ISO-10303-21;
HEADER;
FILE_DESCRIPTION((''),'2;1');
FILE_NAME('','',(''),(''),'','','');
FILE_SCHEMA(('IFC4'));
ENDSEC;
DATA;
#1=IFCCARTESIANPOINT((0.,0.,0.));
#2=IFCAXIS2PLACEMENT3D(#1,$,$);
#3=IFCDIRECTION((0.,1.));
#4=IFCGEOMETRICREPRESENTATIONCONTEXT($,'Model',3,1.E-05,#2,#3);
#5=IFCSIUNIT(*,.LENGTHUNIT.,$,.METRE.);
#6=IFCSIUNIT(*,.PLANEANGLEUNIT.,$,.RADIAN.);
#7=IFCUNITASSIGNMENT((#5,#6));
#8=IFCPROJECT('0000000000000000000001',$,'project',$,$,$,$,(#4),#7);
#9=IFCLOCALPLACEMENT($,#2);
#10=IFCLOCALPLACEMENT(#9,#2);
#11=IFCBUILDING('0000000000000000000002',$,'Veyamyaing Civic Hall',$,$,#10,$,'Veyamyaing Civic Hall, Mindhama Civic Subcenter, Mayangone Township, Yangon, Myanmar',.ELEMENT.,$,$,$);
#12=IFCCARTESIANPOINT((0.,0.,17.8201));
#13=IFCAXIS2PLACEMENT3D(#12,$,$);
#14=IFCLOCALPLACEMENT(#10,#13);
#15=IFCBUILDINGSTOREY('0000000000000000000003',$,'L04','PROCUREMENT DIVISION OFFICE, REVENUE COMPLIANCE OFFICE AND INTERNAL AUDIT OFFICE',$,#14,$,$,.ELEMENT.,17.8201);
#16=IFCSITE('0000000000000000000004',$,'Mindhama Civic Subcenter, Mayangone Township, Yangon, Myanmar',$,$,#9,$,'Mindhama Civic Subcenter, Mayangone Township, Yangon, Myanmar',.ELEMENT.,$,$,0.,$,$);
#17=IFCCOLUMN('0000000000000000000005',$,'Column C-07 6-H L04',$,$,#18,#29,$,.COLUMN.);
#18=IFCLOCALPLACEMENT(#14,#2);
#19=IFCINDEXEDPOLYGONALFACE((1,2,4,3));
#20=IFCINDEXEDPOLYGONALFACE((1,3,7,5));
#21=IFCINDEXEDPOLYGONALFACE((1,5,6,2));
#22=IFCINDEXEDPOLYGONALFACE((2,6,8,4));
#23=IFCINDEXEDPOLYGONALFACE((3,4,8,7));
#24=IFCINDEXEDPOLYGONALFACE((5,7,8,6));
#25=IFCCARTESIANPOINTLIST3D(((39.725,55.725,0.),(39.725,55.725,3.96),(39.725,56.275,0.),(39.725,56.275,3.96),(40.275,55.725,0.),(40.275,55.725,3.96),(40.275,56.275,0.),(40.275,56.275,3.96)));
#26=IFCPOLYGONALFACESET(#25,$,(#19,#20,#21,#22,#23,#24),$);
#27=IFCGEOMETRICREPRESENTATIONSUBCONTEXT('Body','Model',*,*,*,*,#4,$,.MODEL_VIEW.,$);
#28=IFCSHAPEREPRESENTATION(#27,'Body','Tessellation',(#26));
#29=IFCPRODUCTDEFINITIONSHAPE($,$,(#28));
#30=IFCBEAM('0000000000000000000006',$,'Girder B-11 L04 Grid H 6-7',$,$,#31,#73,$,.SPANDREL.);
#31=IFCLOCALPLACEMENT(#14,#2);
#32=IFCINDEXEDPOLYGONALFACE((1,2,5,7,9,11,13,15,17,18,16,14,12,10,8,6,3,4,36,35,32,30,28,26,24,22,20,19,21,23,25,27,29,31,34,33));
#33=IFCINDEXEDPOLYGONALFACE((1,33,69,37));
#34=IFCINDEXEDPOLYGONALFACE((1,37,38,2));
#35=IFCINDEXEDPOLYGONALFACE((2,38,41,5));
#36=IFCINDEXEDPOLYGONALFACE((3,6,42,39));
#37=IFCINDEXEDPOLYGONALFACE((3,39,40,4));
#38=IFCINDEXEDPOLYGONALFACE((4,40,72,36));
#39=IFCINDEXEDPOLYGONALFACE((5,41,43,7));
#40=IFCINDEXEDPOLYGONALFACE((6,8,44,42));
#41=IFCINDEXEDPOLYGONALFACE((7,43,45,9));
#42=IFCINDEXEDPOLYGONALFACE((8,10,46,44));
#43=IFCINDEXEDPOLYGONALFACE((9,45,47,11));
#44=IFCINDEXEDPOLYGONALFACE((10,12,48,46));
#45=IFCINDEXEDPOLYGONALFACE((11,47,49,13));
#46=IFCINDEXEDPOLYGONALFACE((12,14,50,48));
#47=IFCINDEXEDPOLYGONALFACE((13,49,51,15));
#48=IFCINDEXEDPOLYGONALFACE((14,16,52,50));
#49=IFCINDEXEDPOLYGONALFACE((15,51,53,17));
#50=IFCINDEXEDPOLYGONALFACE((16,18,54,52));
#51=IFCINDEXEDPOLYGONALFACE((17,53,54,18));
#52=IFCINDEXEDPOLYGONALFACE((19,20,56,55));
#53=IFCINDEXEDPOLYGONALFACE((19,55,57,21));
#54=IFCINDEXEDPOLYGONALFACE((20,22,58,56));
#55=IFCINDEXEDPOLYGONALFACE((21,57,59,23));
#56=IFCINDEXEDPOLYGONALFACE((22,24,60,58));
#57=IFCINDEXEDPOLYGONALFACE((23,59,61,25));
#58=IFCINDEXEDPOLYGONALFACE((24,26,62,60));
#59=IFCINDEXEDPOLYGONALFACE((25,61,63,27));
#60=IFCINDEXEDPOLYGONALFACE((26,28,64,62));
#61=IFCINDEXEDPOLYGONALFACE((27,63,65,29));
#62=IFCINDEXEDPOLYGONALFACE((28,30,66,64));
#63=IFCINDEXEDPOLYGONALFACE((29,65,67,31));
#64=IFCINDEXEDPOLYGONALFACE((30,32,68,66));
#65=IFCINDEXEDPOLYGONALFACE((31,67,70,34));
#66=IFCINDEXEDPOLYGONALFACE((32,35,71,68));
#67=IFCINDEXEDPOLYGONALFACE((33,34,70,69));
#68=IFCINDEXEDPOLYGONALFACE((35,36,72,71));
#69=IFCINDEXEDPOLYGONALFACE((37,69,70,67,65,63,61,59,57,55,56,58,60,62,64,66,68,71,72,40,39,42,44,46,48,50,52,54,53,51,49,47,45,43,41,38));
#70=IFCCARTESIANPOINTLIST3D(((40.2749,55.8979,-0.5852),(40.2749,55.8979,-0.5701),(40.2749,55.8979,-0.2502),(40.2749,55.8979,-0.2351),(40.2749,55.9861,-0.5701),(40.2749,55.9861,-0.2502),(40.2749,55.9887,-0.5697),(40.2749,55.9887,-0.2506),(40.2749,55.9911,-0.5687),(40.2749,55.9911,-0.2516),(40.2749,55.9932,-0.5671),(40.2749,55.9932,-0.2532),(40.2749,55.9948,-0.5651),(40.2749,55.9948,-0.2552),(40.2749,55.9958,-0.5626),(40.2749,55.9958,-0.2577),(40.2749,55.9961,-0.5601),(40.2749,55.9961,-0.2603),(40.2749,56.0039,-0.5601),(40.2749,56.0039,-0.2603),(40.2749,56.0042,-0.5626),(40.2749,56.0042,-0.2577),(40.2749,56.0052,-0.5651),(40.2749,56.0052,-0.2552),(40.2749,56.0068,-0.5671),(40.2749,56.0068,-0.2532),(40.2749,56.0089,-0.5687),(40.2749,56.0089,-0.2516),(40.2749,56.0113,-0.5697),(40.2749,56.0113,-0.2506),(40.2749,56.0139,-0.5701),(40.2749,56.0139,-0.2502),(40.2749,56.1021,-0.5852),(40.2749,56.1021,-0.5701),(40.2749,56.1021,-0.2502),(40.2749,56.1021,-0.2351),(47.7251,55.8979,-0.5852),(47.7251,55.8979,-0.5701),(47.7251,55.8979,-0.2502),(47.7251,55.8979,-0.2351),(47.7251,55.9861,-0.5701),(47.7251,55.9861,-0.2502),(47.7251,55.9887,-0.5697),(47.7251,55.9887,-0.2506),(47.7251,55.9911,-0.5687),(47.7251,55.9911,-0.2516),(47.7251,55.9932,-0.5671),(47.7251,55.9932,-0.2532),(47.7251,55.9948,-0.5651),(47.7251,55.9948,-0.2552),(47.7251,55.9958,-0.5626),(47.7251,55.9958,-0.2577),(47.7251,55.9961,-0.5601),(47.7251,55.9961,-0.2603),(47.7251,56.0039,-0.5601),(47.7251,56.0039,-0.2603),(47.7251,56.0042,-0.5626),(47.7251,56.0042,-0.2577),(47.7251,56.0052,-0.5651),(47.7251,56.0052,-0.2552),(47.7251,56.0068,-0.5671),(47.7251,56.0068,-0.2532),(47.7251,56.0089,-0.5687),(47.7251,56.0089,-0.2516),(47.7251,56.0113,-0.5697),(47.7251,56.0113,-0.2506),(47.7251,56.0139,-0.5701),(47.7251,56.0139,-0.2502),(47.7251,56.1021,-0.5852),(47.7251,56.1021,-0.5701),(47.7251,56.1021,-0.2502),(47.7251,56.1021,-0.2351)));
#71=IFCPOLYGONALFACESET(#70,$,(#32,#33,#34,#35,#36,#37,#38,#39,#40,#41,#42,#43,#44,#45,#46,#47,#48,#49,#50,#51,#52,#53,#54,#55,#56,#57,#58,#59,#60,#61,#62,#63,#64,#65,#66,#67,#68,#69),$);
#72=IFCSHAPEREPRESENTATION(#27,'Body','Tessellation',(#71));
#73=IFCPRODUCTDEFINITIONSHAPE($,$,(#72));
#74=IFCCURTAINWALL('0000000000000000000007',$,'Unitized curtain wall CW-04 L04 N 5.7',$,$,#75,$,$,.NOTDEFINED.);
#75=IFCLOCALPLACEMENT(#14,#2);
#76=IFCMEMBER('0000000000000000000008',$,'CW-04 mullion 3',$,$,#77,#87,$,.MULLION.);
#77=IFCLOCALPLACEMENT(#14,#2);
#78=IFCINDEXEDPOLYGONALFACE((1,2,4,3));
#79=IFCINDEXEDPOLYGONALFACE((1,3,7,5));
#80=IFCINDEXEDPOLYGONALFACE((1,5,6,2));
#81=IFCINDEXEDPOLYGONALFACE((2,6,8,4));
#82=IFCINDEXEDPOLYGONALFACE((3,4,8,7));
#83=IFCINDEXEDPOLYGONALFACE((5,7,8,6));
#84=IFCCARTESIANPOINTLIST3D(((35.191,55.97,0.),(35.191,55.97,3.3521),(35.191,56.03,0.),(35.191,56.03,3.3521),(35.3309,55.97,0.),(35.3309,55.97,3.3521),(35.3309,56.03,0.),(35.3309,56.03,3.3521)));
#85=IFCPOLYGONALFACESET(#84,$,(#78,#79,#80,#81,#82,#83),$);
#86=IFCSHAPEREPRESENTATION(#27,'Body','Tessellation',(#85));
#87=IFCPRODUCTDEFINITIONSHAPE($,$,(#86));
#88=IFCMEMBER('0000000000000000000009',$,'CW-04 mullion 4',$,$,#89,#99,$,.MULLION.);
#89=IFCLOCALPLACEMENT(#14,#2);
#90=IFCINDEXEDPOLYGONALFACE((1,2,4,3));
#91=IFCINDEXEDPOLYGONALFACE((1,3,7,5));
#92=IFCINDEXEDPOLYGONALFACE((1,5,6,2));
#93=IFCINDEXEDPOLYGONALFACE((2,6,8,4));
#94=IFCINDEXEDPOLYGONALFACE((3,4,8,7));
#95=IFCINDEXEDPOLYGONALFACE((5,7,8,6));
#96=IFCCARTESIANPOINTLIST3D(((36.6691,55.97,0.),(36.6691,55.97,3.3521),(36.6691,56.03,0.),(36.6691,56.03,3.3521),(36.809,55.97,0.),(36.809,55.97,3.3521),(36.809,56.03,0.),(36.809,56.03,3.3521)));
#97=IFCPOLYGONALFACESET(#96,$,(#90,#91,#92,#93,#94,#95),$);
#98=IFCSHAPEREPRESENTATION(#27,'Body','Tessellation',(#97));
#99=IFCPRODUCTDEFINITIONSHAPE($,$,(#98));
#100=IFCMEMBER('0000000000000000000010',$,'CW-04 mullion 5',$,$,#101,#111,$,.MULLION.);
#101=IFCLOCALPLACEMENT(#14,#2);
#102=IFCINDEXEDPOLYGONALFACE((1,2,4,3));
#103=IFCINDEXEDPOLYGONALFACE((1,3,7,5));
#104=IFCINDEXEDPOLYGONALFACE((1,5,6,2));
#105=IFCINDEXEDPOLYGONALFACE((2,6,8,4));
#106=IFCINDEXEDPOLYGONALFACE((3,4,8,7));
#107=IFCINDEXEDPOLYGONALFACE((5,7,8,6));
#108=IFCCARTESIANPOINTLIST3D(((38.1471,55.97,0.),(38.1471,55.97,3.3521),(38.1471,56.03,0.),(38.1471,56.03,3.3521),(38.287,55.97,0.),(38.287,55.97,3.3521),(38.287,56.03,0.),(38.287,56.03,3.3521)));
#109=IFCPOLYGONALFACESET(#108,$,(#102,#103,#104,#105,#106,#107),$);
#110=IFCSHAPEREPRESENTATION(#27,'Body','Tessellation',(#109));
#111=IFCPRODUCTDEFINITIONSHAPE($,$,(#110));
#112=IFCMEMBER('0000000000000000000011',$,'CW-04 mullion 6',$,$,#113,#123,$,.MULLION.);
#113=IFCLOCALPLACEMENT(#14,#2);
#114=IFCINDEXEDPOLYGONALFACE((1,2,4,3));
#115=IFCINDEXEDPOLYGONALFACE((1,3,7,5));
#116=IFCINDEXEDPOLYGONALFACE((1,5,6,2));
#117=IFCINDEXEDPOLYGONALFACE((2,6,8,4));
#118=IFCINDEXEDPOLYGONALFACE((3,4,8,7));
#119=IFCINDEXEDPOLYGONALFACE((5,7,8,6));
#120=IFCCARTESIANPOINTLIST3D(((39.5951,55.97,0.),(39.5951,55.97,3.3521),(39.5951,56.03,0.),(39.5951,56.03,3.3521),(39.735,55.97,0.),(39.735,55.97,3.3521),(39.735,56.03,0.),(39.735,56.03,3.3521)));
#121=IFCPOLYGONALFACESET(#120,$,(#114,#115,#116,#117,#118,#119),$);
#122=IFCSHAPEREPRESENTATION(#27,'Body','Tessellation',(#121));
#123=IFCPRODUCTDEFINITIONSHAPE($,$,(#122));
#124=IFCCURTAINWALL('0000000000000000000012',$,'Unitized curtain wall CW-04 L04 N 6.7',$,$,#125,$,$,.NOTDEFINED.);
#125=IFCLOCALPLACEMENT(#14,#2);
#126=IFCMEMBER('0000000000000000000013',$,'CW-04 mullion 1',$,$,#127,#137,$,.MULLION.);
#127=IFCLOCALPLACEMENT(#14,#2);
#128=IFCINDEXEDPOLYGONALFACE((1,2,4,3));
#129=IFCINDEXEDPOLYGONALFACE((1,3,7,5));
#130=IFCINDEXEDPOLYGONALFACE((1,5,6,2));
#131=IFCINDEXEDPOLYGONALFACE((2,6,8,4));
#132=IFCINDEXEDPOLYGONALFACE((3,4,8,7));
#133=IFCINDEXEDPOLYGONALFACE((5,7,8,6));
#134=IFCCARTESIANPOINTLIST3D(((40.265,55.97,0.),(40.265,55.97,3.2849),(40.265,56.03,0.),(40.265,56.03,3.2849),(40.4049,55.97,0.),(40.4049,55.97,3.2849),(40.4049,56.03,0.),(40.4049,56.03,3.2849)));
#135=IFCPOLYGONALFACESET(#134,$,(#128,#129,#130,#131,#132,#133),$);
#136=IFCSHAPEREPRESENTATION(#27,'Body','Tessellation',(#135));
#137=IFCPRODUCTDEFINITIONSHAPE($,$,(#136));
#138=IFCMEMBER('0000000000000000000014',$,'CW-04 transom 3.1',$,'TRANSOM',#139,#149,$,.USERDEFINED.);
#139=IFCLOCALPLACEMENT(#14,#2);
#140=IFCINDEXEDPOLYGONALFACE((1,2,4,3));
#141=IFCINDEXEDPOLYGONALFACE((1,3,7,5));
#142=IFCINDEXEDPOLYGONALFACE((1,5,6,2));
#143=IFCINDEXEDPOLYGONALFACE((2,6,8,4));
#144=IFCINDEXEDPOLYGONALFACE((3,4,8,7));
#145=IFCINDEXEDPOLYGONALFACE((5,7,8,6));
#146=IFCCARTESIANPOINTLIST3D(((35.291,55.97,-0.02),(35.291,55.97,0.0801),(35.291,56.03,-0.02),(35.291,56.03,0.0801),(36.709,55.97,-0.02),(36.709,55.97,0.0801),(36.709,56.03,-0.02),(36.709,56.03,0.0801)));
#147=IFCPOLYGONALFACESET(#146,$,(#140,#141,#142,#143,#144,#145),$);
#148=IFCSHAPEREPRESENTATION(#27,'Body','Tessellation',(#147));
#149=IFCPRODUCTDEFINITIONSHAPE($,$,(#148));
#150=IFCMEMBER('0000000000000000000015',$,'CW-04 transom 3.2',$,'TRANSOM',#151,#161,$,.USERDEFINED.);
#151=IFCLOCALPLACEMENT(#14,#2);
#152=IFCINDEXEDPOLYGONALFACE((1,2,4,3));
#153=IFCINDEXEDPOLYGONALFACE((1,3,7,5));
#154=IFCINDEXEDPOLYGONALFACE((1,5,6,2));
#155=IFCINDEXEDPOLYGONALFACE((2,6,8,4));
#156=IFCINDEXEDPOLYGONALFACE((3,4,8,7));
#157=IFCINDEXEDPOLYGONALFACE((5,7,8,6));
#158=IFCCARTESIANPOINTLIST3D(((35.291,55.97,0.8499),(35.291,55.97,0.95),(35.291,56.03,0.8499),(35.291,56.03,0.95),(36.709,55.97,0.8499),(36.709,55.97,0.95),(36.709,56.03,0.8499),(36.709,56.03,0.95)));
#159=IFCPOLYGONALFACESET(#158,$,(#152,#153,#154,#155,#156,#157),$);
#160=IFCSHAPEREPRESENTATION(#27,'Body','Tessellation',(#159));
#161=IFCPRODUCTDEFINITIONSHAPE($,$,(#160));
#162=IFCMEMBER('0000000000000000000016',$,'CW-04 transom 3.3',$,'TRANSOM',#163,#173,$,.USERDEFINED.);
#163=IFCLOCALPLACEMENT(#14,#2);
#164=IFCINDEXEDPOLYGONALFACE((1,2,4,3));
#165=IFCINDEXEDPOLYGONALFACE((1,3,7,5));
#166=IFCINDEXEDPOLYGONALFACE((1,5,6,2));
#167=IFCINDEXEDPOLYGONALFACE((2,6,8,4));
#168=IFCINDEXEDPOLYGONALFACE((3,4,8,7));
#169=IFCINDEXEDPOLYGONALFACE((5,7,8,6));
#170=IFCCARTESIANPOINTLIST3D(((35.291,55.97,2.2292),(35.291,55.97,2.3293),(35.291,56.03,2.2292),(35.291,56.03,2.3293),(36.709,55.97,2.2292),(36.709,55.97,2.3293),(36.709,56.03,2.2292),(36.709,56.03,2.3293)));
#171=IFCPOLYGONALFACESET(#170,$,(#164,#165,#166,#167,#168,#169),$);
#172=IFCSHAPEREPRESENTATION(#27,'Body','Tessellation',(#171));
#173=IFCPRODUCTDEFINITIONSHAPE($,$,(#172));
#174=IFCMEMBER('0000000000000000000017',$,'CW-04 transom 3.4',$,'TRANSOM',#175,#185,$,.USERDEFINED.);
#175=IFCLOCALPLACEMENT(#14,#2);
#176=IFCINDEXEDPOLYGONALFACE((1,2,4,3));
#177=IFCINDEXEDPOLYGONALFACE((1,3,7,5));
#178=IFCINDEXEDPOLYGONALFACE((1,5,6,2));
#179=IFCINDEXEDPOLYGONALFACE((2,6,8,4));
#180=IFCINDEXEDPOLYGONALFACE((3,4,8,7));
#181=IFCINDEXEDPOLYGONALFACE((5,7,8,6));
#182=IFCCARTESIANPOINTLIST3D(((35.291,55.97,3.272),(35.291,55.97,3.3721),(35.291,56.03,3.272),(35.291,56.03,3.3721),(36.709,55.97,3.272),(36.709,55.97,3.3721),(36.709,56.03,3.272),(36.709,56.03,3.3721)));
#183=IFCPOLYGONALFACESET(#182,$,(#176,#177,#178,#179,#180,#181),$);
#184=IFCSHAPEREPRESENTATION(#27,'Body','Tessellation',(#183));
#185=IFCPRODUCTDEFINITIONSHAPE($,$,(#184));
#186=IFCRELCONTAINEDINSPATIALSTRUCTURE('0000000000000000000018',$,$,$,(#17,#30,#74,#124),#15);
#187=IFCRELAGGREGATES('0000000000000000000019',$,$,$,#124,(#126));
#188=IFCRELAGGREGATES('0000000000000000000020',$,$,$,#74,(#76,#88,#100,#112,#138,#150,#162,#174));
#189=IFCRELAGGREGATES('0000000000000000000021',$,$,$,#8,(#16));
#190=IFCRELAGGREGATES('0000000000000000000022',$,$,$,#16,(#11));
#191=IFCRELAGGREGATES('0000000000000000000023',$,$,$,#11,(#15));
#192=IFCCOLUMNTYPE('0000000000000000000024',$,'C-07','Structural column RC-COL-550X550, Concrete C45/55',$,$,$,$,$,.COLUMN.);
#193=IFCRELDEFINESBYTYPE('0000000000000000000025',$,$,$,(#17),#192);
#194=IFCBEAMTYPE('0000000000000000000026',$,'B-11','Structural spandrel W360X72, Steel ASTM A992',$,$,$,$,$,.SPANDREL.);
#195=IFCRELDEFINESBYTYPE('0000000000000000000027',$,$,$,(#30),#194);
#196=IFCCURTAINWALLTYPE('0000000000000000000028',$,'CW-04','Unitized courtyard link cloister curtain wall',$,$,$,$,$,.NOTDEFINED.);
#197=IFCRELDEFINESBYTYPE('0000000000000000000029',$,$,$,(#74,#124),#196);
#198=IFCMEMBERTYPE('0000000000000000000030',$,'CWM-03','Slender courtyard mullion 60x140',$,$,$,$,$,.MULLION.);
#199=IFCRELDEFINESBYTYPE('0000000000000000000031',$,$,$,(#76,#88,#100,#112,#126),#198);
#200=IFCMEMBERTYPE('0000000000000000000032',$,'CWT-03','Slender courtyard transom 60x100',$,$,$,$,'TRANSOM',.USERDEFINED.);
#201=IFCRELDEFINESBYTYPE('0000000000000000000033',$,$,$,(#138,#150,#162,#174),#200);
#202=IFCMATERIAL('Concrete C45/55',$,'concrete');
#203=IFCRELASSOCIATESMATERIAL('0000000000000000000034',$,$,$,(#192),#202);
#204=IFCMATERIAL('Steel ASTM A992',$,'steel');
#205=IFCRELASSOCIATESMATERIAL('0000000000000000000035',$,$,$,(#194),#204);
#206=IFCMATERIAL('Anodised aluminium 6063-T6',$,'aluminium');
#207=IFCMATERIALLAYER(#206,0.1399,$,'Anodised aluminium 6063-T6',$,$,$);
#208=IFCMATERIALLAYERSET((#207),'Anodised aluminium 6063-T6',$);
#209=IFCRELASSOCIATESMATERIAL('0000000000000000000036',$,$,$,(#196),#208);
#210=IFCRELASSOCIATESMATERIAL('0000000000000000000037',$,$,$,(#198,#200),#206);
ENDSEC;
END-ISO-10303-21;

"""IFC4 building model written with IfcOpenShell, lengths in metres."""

from ifc_helpers import new_model, si_unit, direction, frame, origin, origin_2d, place, context, subcontext, project, spatial, rectangle, i_section, extrude, material, layer, layer_set, material_profile, profile_set, type_object, element, aggregate, save


model = new_model("IFC4")

# Units and contexts
model_context = context("Model", 3, precision=1e-05, world=origin(), true_north=direction((0.0, 1.0)))
body_context = subcontext(model_context, "Body", "Model", "MODEL_VIEW")
ifc_project = project(units=[si_unit("LENGTHUNIT", "METRE"), si_unit("PLANEANGLEUNIT", "RADIAN")], contexts=[model_context])

# Site, building, storey
site_placement = place(None, origin())
site = spatial("IfcSite", under=ifc_project, at=site_placement, Name="Mindhama Civic Subcenter, Mayangone Township, Yangon, Myanmar", LongName="Mindhama Civic Subcenter, Mayangone Township, Yangon, Myanmar", CompositionType="ELEMENT", RefElevation=0.0)
building_placement = place(site_placement, origin())
building = spatial("IfcBuilding", under=site, at=building_placement, Name="Veyamyaing Civic Hall", LongName="Veyamyaing Civic Hall, Mindhama Civic Subcenter, Mayangone Township, Yangon, Myanmar", CompositionType="ELEMENT")
storey_placement = place(building_placement, frame((0.0, 0.0, 17.8201)))
storey = spatial("IfcBuildingStorey", under=building, at=storey_placement, Name="L04", Description="PROCUREMENT DIVISION OFFICE, REVENUE COMPLIANCE OFFICE AND INTERNAL AUDIT OFFICE", CompositionType="ELEMENT", Elevation=17.8201)

# Column
ifc_material_1 = material(Name="Concrete C45/55", Category="concrete")
ifc_material_profile_1 = material_profile(ifc_material_1, rectangle(XDim=0.55, YDim=0.55, at=origin_2d()), Name="RC-COL-550X550")
ifc_profile_set_1 = profile_set([ifc_material_profile_1], Name="Concrete C45/55")
column_type = type_object("IfcColumnType", Name="C-07", Description="Structural column RC-COL-550X550, Concrete C45/55", PredefinedType="COLUMN", material=ifc_profile_set_1)
column_placement = place(storey_placement, frame((40.0, 56.0, 0.0), z_axis=(0.0, 0.0, 1.0), x_axis=(1.0, 0.0, 0.0)))
element("IfcColumn", 1, at=column_placement, inside=storey, type_object=column_type, Name="Column C-07 6-H L04", PredefinedType="COLUMN", context=body_context, shape_type="SweptSolid", body=[
    extrude(rectangle(XDim=0.55, YDim=0.55, at=origin_2d()), origin(), (0.0, 0.0, 1.0), 3.96),
])

# Beam
ifc_material_2 = material(Name="Steel ASTM A992", Category="steel")
ifc_material_profile_2 = material_profile(ifc_material_2, i_section(OverallWidth=0.2041, OverallDepth=0.3501, WebThickness=0.0078, FlangeThickness=0.0151, FilletRadius=0.01, at=origin_2d()), Name="W360X72")
ifc_profile_set_2 = profile_set([ifc_material_profile_2], Name="Steel ASTM A992")
beam_type = type_object("IfcBeamType", Name="B-11", Description="Structural spandrel W360X72, Steel ASTM A992", PredefinedType="SPANDREL", material=ifc_profile_set_2)
beam_placement = place(storey_placement, frame((40.2749, 56.0, -0.4102), z_axis=(1.0, 0.0, 0.0), x_axis=(0.0, 1.0, 0.0)))
element("IfcBeam", 2, at=beam_placement, inside=storey, type_object=beam_type, Name="Girder B-11 L04 Grid H 6-7", PredefinedType="SPANDREL", context=body_context, shape_type="SweptSolid", body=[
    extrude(i_section(OverallWidth=0.2041, OverallDepth=0.3501, WebThickness=0.0078, FlangeThickness=0.0151, FilletRadius=0.01, at=origin_2d()), origin(), (0.0, 0.0, 1.0), 7.4502),
])

# Curtain wall, members
ifc_material_3 = material(Name="Anodised aluminium 6063-T6", Category="aluminium")
ifc_layer_1 = layer(ifc_material_3, 0.1399, Name="Anodised aluminium 6063-T6")
ifc_layer_set_1 = layer_set([ifc_layer_1], Name="Anodised aluminium 6063-T6")
curtain_wall_type = type_object("IfcCurtainWallType", Name="CW-04", Description="Unitized courtyard link cloister curtain wall", PredefinedType="NOTDEFINED", material=ifc_layer_set_1)
curtain_wall_1_placement = place(storey_placement, origin())
curtain_wall_1 = element("IfcCurtainWall", 3, at=curtain_wall_1_placement, inside=storey, type_object=curtain_wall_type, Name="Unitized curtain wall CW-04 L04 N 5.7", PredefinedType="NOTDEFINED")
ifc_material_profile_3 = material_profile(ifc_material_3, rectangle(XDim=0.0601, YDim=0.1399, at=origin_2d()), Name="ALU-MUL-60X140")
ifc_profile_set_3 = profile_set([ifc_material_profile_3], Name="Anodised aluminium 6063-T6")
member_type_1 = type_object("IfcMemberType", Name="CWM-03", Description="Slender courtyard mullion 60x140", PredefinedType="MULLION", material=ifc_profile_set_3)
member_1_placement = place(storey_placement, frame((35.261, 56.0, 0.0), z_axis=(0.0, 0.0, 1.0), x_axis=(0.0, 1.0, 0.0)))
member_1 = element("IfcMember", 4, at=member_1_placement, type_object=member_type_1, Name="CW-04 mullion 3", PredefinedType="MULLION", context=body_context, shape_type="SweptSolid", body=[
    extrude(rectangle(XDim=0.0601, YDim=0.1399, at=origin_2d()), origin(), (0.0, 0.0, 1.0), 3.3521),
])
member_2_placement = place(storey_placement, frame((36.739, 56.0, 0.0), z_axis=(0.0, 0.0, 1.0), x_axis=(0.0, 1.0, 0.0)))
member_2 = element("IfcMember", 5, at=member_2_placement, type_object=member_type_1, Name="CW-04 mullion 4", PredefinedType="MULLION", context=body_context, shape_type="SweptSolid", body=[
    extrude(rectangle(XDim=0.0601, YDim=0.1399, at=origin_2d()), origin(), (0.0, 0.0, 1.0), 3.3521),
])
member_3_placement = place(storey_placement, frame((38.217, 56.0, 0.0), z_axis=(0.0, 0.0, 1.0), x_axis=(0.0, 1.0, 0.0)))
member_3 = element("IfcMember", 6, at=member_3_placement, type_object=member_type_1, Name="CW-04 mullion 5", PredefinedType="MULLION", context=body_context, shape_type="SweptSolid", body=[
    extrude(rectangle(XDim=0.0601, YDim=0.1399, at=origin_2d()), origin(), (0.0, 0.0, 1.0), 3.3521),
])
member_4_placement = place(storey_placement, frame((39.665, 56.0, 0.0), z_axis=(0.0, 0.0, 1.0), x_axis=(0.0, 1.0, 0.0)))
member_4 = element("IfcMember", 7, at=member_4_placement, type_object=member_type_1, Name="CW-04 mullion 6", PredefinedType="MULLION", context=body_context, shape_type="SweptSolid", body=[
    extrude(rectangle(XDim=0.0601, YDim=0.1399, at=origin_2d()), origin(), (0.0, 0.0, 1.0), 3.3521),
])

# Curtain wall, member
curtain_wall_2_placement = place(storey_placement, origin())
curtain_wall_2 = element("IfcCurtainWall", 8, at=curtain_wall_2_placement, inside=storey, type_object=curtain_wall_type, Name="Unitized curtain wall CW-04 L04 N 6.7", PredefinedType="NOTDEFINED")
member_5_placement = place(storey_placement, frame((40.335, 56.0, 0.0), z_axis=(0.0, 0.0, 1.0), x_axis=(0.0, 1.0, 0.0)))
member_5 = element("IfcMember", 9, at=member_5_placement, type_object=member_type_1, Name="CW-04 mullion 1", PredefinedType="MULLION", context=body_context, shape_type="SweptSolid", body=[
    extrude(rectangle(XDim=0.0601, YDim=0.1399, at=origin_2d()), origin(), (0.0, 0.0, 1.0), 3.2849),
])
aggregate(curtain_wall_2, [member_5])

# Members
ifc_material_profile_4 = material_profile(ifc_material_3, rectangle(XDim=0.0601, YDim=0.1001, at=origin_2d()), Name="ALU-TRN-60X100")
ifc_profile_set_4 = profile_set([ifc_material_profile_4], Name="Anodised aluminium 6063-T6")
member_type_2 = type_object("IfcMemberType", Name="CWT-03", Description="Slender courtyard transom 60x100", ElementType="TRANSOM", PredefinedType="USERDEFINED", material=ifc_profile_set_4)
member_6_placement = place(storey_placement, frame((35.291, 56.0, 0.03), z_axis=(1.0, 0.0, 0.0), x_axis=(0.0, 1.0, 0.0)))
member_6 = element("IfcMember", 10, at=member_6_placement, type_object=member_type_2, Name="CW-04 transom 3.1", ObjectType="TRANSOM", PredefinedType="USERDEFINED", context=body_context, shape_type="SweptSolid", body=[
    extrude(rectangle(XDim=0.0601, YDim=0.1001, at=origin_2d()), origin(), (0.0, 0.0, 1.0), 1.418),
])
member_7_placement = place(storey_placement, frame((35.291, 56.0, 0.8999), z_axis=(1.0, 0.0, 0.0), x_axis=(0.0, 1.0, 0.0)))
member_7 = element("IfcMember", 11, at=member_7_placement, type_object=member_type_2, Name="CW-04 transom 3.2", ObjectType="TRANSOM", PredefinedType="USERDEFINED", context=body_context, shape_type="SweptSolid", body=[
    extrude(rectangle(XDim=0.0601, YDim=0.1001, at=origin_2d()), origin(), (0.0, 0.0, 1.0), 1.418),
])
member_8_placement = place(storey_placement, frame((35.291, 56.0, 2.2793), z_axis=(1.0, 0.0, 0.0), x_axis=(0.0, 1.0, 0.0)))
member_8 = element("IfcMember", 12, at=member_8_placement, type_object=member_type_2, Name="CW-04 transom 3.3", ObjectType="TRANSOM", PredefinedType="USERDEFINED", context=body_context, shape_type="SweptSolid", body=[
    extrude(rectangle(XDim=0.0601, YDim=0.1001, at=origin_2d()), origin(), (0.0, 0.0, 1.0), 1.418),
])
member_9_placement = place(storey_placement, frame((35.291, 56.0, 3.322), z_axis=(1.0, 0.0, 0.0), x_axis=(0.0, 1.0, 0.0)))
member_9 = element("IfcMember", 13, at=member_9_placement, type_object=member_type_2, Name="CW-04 transom 3.4", ObjectType="TRANSOM", PredefinedType="USERDEFINED", context=body_context, shape_type="SweptSolid", body=[
    extrude(rectangle(XDim=0.0601, YDim=0.1001, at=origin_2d()), origin(), (0.0, 0.0, 1.0), 1.418),
])

aggregate(curtain_wall_1, [member_1, member_2, member_3, member_4, member_6, member_7, member_8, member_9])

save(model, "model.ifc")
